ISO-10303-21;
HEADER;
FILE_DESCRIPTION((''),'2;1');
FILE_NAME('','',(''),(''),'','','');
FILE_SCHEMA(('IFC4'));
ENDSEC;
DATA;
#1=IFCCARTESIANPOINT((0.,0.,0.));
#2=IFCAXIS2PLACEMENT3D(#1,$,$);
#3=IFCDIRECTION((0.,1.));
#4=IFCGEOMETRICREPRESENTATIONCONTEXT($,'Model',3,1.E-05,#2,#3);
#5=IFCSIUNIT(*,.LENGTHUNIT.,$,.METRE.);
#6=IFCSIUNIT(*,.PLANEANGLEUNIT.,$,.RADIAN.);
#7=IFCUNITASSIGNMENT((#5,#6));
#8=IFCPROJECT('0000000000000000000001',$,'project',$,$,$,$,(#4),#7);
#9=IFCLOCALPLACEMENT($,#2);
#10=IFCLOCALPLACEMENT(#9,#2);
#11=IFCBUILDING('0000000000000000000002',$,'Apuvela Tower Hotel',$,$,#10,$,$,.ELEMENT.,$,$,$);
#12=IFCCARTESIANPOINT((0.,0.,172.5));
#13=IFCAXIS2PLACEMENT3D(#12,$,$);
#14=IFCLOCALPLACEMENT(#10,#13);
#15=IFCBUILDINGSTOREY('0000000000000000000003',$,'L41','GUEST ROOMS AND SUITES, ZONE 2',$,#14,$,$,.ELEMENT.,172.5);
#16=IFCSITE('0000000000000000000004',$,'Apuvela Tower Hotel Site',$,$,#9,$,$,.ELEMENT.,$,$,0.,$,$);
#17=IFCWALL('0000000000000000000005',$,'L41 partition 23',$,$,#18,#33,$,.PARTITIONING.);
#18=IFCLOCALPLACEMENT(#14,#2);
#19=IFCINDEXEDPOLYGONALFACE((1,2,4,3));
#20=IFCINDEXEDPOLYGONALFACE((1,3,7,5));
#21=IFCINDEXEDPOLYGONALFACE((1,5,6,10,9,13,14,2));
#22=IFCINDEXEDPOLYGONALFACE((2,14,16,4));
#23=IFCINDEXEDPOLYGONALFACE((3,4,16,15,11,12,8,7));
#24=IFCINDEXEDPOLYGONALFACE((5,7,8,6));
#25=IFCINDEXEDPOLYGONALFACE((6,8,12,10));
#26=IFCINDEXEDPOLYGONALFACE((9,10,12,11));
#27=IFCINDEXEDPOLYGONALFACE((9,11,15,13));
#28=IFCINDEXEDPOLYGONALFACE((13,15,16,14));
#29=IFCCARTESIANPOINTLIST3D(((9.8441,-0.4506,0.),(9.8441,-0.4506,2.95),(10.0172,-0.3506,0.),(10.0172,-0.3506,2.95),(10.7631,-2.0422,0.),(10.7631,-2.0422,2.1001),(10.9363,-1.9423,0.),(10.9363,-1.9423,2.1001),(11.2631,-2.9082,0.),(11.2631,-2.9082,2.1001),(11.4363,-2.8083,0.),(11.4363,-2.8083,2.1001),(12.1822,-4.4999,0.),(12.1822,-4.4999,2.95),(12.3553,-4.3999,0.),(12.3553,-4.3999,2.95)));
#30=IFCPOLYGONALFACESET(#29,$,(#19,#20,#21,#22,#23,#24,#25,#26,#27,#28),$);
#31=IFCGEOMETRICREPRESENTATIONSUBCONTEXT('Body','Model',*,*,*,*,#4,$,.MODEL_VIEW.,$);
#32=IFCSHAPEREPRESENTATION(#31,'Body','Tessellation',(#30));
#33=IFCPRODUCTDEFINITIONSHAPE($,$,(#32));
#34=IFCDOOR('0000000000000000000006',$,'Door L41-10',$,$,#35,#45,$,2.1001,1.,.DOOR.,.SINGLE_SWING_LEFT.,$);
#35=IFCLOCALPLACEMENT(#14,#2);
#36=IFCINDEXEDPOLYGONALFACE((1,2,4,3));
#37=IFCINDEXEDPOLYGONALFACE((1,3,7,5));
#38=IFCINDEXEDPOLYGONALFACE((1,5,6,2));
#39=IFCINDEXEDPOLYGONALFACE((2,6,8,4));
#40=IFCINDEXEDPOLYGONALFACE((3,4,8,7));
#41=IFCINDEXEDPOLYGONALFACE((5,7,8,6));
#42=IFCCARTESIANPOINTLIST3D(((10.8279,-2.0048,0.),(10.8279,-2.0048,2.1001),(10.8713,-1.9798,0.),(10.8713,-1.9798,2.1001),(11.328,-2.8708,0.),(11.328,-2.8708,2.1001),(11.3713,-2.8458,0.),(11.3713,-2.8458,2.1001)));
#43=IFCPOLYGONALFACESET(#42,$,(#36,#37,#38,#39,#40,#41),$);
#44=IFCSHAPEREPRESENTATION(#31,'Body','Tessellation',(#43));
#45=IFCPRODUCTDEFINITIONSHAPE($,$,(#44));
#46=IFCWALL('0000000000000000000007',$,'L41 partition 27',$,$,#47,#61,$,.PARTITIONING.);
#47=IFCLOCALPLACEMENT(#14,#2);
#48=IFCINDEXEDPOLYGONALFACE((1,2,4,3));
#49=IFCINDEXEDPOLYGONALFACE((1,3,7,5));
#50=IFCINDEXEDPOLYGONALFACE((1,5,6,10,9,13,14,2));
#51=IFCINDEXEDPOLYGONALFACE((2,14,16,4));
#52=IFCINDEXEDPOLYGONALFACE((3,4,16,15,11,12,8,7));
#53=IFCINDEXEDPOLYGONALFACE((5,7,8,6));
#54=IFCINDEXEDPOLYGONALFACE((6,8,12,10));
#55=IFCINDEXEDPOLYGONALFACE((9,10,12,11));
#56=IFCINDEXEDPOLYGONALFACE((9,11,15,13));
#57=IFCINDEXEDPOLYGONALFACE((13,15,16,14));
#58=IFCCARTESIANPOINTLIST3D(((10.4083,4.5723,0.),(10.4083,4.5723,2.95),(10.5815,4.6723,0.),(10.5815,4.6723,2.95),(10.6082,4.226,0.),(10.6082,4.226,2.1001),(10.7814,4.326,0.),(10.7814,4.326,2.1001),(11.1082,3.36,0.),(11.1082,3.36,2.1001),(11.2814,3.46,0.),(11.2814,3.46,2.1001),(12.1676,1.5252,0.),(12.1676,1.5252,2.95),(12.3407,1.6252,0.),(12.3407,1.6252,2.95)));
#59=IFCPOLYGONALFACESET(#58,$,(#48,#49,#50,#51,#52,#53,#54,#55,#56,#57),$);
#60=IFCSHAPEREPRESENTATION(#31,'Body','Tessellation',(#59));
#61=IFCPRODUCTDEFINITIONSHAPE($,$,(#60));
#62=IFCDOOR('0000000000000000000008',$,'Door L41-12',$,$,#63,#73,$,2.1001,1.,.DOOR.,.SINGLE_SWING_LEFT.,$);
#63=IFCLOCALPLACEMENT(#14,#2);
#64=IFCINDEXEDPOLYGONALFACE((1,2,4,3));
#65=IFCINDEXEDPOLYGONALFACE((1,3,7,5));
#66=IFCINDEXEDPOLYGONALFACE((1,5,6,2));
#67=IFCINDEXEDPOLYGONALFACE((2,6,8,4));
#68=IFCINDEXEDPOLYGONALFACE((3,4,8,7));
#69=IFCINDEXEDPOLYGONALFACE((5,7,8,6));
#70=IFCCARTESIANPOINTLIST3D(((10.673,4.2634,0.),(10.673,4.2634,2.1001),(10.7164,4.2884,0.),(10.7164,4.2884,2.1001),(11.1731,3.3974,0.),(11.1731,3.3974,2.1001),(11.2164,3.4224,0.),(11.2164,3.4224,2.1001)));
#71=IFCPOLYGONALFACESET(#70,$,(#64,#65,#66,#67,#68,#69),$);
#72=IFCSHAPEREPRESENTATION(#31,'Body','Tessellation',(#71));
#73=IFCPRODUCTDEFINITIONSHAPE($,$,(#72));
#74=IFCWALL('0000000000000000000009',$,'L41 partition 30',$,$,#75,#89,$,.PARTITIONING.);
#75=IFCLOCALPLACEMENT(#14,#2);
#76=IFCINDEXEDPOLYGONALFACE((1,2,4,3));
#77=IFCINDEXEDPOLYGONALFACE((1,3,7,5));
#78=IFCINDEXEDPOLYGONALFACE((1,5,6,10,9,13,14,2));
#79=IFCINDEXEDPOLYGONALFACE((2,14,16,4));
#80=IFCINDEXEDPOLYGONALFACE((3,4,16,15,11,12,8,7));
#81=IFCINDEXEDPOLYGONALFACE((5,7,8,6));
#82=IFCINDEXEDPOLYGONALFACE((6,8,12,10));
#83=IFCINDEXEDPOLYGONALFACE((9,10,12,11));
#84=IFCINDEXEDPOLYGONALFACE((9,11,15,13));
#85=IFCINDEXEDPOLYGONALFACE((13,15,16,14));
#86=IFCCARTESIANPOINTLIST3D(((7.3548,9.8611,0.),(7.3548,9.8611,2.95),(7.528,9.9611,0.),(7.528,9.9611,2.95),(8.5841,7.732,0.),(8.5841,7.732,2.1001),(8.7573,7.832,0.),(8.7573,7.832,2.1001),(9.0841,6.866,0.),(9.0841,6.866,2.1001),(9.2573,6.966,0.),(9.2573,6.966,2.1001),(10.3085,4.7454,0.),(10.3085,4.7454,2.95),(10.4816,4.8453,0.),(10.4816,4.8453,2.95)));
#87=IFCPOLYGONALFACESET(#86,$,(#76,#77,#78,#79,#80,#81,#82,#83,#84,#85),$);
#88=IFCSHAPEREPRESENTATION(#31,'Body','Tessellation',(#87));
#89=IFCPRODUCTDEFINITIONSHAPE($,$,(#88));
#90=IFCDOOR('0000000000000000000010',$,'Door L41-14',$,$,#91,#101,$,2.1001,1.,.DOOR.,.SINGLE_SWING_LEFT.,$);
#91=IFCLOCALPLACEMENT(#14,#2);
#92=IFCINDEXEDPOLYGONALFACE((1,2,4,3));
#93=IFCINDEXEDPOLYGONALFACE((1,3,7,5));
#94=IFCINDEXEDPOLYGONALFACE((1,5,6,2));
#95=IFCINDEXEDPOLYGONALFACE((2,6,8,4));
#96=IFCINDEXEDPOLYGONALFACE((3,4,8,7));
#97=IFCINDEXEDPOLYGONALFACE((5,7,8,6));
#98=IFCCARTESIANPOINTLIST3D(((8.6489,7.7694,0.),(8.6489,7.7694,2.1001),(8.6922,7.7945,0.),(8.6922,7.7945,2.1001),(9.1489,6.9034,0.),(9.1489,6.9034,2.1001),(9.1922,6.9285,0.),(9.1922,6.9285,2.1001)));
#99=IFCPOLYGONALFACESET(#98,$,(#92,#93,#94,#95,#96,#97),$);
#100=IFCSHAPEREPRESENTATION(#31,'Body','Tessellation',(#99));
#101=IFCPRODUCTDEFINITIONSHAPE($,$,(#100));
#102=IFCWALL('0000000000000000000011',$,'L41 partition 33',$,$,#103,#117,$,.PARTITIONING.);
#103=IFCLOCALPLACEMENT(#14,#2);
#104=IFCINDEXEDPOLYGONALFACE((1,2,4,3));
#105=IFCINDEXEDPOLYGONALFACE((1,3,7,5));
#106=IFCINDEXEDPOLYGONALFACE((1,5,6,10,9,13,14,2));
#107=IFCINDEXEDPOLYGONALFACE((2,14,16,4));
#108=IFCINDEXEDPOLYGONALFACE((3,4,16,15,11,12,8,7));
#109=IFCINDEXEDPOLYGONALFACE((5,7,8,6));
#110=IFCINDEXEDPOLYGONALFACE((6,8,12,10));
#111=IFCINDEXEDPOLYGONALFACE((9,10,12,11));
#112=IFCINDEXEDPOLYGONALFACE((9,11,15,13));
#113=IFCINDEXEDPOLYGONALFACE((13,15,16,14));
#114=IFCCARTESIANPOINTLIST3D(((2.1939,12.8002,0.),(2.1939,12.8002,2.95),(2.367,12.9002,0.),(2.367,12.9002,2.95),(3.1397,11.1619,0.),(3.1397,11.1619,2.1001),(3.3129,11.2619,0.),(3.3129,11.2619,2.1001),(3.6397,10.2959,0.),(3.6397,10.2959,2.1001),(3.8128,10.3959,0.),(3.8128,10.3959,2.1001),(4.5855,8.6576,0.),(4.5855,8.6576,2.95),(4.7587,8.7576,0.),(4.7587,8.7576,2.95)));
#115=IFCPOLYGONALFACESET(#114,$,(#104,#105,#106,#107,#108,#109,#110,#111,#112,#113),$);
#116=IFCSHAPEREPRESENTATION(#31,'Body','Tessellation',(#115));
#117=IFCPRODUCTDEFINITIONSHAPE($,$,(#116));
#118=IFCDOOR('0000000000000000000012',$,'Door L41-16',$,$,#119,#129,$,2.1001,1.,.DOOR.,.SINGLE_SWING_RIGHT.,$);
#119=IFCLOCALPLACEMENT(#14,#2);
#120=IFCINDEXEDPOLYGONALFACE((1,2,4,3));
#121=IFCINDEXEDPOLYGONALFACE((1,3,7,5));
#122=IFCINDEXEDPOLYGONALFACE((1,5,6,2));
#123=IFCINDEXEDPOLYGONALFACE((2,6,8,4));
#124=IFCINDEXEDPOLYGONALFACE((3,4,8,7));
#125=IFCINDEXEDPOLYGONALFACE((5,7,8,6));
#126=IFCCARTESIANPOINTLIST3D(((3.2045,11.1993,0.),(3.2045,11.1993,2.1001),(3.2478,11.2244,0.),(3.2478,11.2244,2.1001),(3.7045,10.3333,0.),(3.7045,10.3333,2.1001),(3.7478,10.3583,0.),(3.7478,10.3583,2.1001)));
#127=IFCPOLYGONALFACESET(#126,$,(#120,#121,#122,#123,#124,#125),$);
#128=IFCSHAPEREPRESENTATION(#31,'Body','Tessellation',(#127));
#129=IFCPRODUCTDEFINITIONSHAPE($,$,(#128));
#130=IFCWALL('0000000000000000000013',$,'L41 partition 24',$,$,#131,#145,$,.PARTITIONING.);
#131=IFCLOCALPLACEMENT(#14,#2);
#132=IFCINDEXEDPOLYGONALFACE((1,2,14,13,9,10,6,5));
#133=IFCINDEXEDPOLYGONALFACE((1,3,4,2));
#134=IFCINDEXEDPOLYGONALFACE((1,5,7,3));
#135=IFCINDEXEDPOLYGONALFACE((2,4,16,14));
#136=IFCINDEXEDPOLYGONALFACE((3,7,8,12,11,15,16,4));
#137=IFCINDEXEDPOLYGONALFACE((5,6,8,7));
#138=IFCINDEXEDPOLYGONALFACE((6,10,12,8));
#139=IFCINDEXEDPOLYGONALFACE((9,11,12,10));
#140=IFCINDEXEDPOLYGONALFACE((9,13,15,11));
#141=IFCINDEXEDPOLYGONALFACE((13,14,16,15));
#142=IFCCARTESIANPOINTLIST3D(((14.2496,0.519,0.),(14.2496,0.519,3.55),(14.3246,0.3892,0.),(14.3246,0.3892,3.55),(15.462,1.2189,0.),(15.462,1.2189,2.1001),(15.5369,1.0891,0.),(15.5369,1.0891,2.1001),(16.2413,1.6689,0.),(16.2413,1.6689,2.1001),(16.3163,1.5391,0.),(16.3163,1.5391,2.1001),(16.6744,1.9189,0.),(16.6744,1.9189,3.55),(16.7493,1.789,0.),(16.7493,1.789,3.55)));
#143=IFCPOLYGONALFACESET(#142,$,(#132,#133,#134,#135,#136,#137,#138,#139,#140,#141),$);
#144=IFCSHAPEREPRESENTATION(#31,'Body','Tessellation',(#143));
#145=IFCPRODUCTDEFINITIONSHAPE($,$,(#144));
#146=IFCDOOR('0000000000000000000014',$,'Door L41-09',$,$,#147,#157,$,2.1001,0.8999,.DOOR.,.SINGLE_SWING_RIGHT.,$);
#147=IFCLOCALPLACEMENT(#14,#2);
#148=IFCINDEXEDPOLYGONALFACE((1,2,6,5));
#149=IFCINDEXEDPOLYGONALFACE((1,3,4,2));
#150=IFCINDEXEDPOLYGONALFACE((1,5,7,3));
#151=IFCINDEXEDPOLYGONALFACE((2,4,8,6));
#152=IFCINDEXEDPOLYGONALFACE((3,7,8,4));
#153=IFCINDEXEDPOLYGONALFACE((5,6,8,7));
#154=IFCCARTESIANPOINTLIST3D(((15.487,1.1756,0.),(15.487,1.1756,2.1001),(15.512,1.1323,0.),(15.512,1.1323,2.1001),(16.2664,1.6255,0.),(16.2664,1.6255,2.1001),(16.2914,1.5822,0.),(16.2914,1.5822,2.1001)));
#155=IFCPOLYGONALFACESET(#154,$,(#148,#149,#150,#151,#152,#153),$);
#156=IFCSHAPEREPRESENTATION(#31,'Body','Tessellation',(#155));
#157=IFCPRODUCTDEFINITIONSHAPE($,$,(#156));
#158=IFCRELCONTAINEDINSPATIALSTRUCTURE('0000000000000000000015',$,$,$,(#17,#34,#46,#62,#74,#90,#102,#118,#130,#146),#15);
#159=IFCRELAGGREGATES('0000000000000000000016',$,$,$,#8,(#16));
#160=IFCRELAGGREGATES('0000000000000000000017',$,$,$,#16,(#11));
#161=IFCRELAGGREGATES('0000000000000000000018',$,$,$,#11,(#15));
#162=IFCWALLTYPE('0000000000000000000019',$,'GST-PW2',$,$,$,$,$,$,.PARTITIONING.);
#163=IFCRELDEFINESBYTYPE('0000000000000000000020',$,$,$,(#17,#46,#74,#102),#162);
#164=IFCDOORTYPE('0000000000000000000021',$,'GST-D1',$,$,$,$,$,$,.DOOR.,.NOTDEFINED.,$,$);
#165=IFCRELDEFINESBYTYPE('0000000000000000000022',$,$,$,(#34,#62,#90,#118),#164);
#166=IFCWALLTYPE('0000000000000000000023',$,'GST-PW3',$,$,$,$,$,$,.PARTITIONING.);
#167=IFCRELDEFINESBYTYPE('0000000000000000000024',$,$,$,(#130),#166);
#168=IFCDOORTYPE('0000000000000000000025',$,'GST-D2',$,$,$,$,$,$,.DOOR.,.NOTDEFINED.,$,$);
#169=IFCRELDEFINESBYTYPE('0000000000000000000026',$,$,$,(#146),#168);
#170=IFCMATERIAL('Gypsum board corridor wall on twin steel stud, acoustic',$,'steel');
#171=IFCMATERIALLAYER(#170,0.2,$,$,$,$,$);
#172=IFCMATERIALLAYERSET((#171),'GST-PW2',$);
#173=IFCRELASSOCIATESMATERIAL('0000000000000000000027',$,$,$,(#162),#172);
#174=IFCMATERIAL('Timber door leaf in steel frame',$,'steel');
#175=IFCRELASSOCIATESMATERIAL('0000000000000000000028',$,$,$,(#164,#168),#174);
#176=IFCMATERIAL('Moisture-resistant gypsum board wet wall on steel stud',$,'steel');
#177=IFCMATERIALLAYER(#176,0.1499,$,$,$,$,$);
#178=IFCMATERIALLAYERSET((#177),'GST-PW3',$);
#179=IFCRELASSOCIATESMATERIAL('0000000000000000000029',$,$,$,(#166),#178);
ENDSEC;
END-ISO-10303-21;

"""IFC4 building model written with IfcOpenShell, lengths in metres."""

from ifc_helpers import new_model, si_unit, direction, frame, frame_2d, origin, place, context, subcontext, project, spatial, rectangle, extrude, material, layer, layer_set, type_object, element, fill, save


model = new_model("IFC4")

# Units and contexts
model_context = context("Model", 3, precision=1e-05, world=origin(), true_north=direction((0.0, 1.0)))
body_context = subcontext(model_context, "Body", "Model", "MODEL_VIEW")
ifc_project = project(units=[si_unit("LENGTHUNIT", "METRE"), si_unit("PLANEANGLEUNIT", "RADIAN")], contexts=[model_context])

# Site, building, storey
site_placement = place(None, origin())
site = spatial("IfcSite", under=ifc_project, at=site_placement, Name="Apuvela Tower Hotel Site", CompositionType="ELEMENT", RefElevation=0.0)
building_placement = place(site_placement, origin())
building = spatial("IfcBuilding", under=site, at=building_placement, Name="Apuvela Tower Hotel", CompositionType="ELEMENT")
storey_placement = place(building_placement, frame((0.0, 0.0, 172.5)))
storey = spatial("IfcBuildingStorey", under=building, at=storey_placement, Name="L41", Description="GUEST ROOMS AND SUITES, ZONE 2", CompositionType="ELEMENT", Elevation=172.5)

# Walls, openings, doors
ifc_material_1 = material(Name="Gypsum board corridor wall on twin steel stud, acoustic", Category="steel")
ifc_layer_1 = layer(ifc_material_1, 0.2)
ifc_layer_set_1 = layer_set([ifc_layer_1], Name="GST-PW2")
wall_type_1 = type_object("IfcWallType", Name="GST-PW2", PredefinedType="PARTITIONING", material=ifc_layer_set_1)
wall_1_placement = place(storey_placement, frame((9.9307, -0.4006, 0.0), z_axis=(0.0, 0.0, 1.0), x_axis=(0.500042, -0.866001, 0.0)))
wall_1 = element("IfcWall", 1, at=wall_1_placement, inside=storey, type_object=wall_type_1, Name="L41 partition 23", PredefinedType="PARTITIONING", context=body_context, shape_type="SweptSolid", body=[
    extrude(rectangle(XDim=4.6758, YDim=0.2, at=frame_2d((2.3379, 0.0))), origin(), (0.0, 0.0, 1.0), 2.95),
])
opening_1_placement = place(wall_1_placement, frame((1.8379, 0.0, 0.0)))
opening_1 = element("IfcOpeningElement", 2, at=opening_1_placement, cuts=wall_1, PredefinedType="OPENING", context=body_context, shape_type="SweptSolid", body=[
    extrude(rectangle(XDim=1.0, YDim=2.1001, at=frame_2d((0.5, 1.05))), frame((0.0, 0.1099, 0.0), z_axis=(0.0, -1.0, 0.0), x_axis=(1.0, 0.0, 0.0)), (0.0, 0.0, 1.0), 0.22),
])
ifc_material_2 = material(Name="Timber door leaf in steel frame", Category="steel")
door_type_1 = type_object("IfcDoorType", Name="GST-D1", OperationType="NOTDEFINED", PredefinedType="DOOR", material=ifc_material_2)
door_1_placement = place(opening_1_placement, origin())
door_1 = element("IfcDoor", 3, at=door_1_placement, inside=storey, type_object=door_type_1, Name="Door L41-10", OperationType="SINGLE_SWING_LEFT", OverallHeight=2.1001, OverallWidth=1.0, PredefinedType="DOOR", context=body_context, shape_type="SweptSolid", body=[
    extrude(rectangle(XDim=1.0, YDim=2.1001, at=frame_2d((0.5, 1.05))), frame((0.0, 0.0249, 0.0), z_axis=(0.0, -1.0, 0.0), x_axis=(1.0, 0.0, 0.0)), (0.0, 0.0, 1.0), 0.05),
])
fill(opening_1, door_1)
wall_2_placement = place(storey_placement, frame((10.4949, 4.6223, 0.0), z_axis=(0.0, 0.0, 1.0), x_axis=(0.500005, -0.866023, 0.0)))
wall_2 = element("IfcWall", 4, at=wall_2_placement, inside=storey, type_object=wall_type_1, Name="L41 partition 27", PredefinedType="PARTITIONING", context=body_context, shape_type="SweptSolid", body=[
    extrude(rectangle(XDim=3.5186, YDim=0.2, at=frame_2d((1.7593, 0.0))), origin(), (0.0, 0.0, 1.0), 2.95),
])
opening_2_placement = place(wall_2_placement, frame((0.3999, 0.0, 0.0)))
opening_2 = element("IfcOpeningElement", 5, at=opening_2_placement, cuts=wall_2, PredefinedType="OPENING", context=body_context, shape_type="SweptSolid", body=[
    extrude(rectangle(XDim=1.0, YDim=2.1001, at=frame_2d((0.5, 1.05))), frame((0.0, 0.1099, 0.0), z_axis=(0.0, -1.0, 0.0), x_axis=(1.0, 0.0, 0.0)), (0.0, 0.0, 1.0), 0.22),
])
door_2_placement = place(opening_2_placement, origin())
door_2 = element("IfcDoor", 6, at=door_2_placement, inside=storey, type_object=door_type_1, Name="Door L41-12", OperationType="SINGLE_SWING_LEFT", OverallHeight=2.1001, OverallWidth=1.0, PredefinedType="DOOR", context=body_context, shape_type="SweptSolid", body=[
    extrude(rectangle(XDim=1.0, YDim=2.1001, at=frame_2d((0.5, 1.05))), frame((0.0, 0.0249, 0.0), z_axis=(0.0, -1.0, 0.0), x_axis=(1.0, 0.0, 0.0)), (0.0, 0.0, 1.0), 0.05),
])
fill(opening_2, door_2)
wall_3_placement = place(storey_placement, frame((7.4414, 9.9111, 0.0), z_axis=(0.0, 0.0, 1.0), x_axis=(0.500006, -0.866022, 0.0)))
wall_3 = element("IfcWall", 7, at=wall_3_placement, inside=storey, type_object=wall_type_1, Name="L41 partition 30", PredefinedType="PARTITIONING", context=body_context, shape_type="SweptSolid", body=[
    extrude(rectangle(XDim=5.9072, YDim=0.2, at=frame_2d((2.9536, 0.0))), origin(), (0.0, 0.0, 1.0), 2.95),
])
opening_3_placement = place(wall_3_placement, frame((2.4585, 0.0, 0.0)))
opening_3 = element("IfcOpeningElement", 8, at=opening_3_placement, cuts=wall_3, PredefinedType="OPENING", context=body_context, shape_type="SweptSolid", body=[
    extrude(rectangle(XDim=1.0, YDim=2.1001, at=frame_2d((0.5, 1.05))), frame((0.0, 0.1099, 0.0), z_axis=(0.0, -1.0, 0.0), x_axis=(1.0, 0.0, 0.0)), (0.0, 0.0, 1.0), 0.22),
])
door_3_placement = place(opening_3_placement, origin())
door_3 = element("IfcDoor", 9, at=door_3_placement, inside=storey, type_object=door_type_1, Name="Door L41-14", OperationType="SINGLE_SWING_LEFT", OverallHeight=2.1001, OverallWidth=1.0, PredefinedType="DOOR", context=body_context, shape_type="SweptSolid", body=[
    extrude(rectangle(XDim=1.0, YDim=2.1001, at=frame_2d((0.5, 1.05))), frame((0.0, 0.0249, 0.0), z_axis=(0.0, -1.0, 0.0), x_axis=(1.0, 0.0, 0.0)), (0.0, 0.0, 1.0), 0.05),
])
fill(opening_3, door_3)
wall_4_placement = place(storey_placement, frame((2.2805, 12.8501, 0.0), z_axis=(0.0, 0.0, 1.0), x_axis=(0.499982, -0.866036, 0.0)))
wall_4 = element("IfcWall", 10, at=wall_4_placement, inside=storey, type_object=wall_type_1, Name="L41 partition 33", PredefinedType="PARTITIONING", context=body_context, shape_type="SweptSolid", body=[
    extrude(rectangle(XDim=4.7834, YDim=0.2, at=frame_2d((2.3916, 0.0))), origin(), (0.0, 0.0, 1.0), 2.95),
])
opening_4_placement = place(wall_4_placement, frame((1.8916, 0.0, 0.0)))
opening_4 = element("IfcOpeningElement", 11, at=opening_4_placement, cuts=wall_4, PredefinedType="OPENING", context=body_context, shape_type="SweptSolid", body=[
    extrude(rectangle(XDim=1.0, YDim=2.1001, at=frame_2d((0.5, 1.05))), frame((0.0, 0.1099, 0.0), z_axis=(0.0, -1.0, 0.0), x_axis=(1.0, 0.0, 0.0)), (0.0, 0.0, 1.0), 0.22),
])
door_4_placement = place(opening_4_placement, origin())
door_4 = element("IfcDoor", 12, at=door_4_placement, inside=storey, type_object=door_type_1, Name="Door L41-16", OperationType="SINGLE_SWING_RIGHT", OverallHeight=2.1001, OverallWidth=1.0, PredefinedType="DOOR", context=body_context, shape_type="SweptSolid", body=[
    extrude(rectangle(XDim=1.0, YDim=2.1001, at=frame_2d((0.5, 1.05))), frame((0.0, 0.0249, 0.0), z_axis=(0.0, -1.0, 0.0), x_axis=(1.0, 0.0, 0.0)), (0.0, 0.0, 1.0), 0.05),
])
fill(opening_4, door_4)
ifc_material_3 = material(Name="Moisture-resistant gypsum board wet wall on steel stud", Category="steel")
ifc_layer_2 = layer(ifc_material_3, 0.1499)
ifc_layer_set_2 = layer_set([ifc_layer_2], Name="GST-PW3")
wall_type_2 = type_object("IfcWallType", Name="GST-PW3", PredefinedType="PARTITIONING", material=ifc_layer_set_2)
wall_5_placement = place(storey_placement, frame((14.2871, 0.4541, 0.0), z_axis=(0.0, 0.0, 1.0), x_axis=(0.866035, 0.499984, 0.0)))
wall_5 = element("IfcWall", 13, at=wall_5_placement, inside=storey, type_object=wall_type_2, Name="L41 partition 24", PredefinedType="PARTITIONING", context=body_context, shape_type="SweptSolid", body=[
    extrude(rectangle(XDim=2.7998, YDim=0.1499, at=frame_2d((1.3999, 0.0))), origin(), (0.0, 0.0, 1.0), 3.55),
])
opening_5_placement = place(wall_5_placement, frame((1.3999, 0.0, 0.0)))
opening_5 = element("IfcOpeningElement", 14, at=opening_5_placement, cuts=wall_5, PredefinedType="OPENING", context=body_context, shape_type="SweptSolid", body=[
    extrude(rectangle(XDim=0.8999, YDim=2.1001, at=frame_2d((0.45, 1.05))), frame((0.0, 0.085, 0.0), z_axis=(0.0, -1.0, 0.0), x_axis=(1.0, 0.0, 0.0)), (0.0, 0.0, 1.0), 0.1699),
])
door_type_2 = type_object("IfcDoorType", Name="GST-D2", OperationType="NOTDEFINED", PredefinedType="DOOR", material=ifc_material_2)
door_5_placement = place(opening_5_placement, origin())
door_5 = element("IfcDoor", 15, at=door_5_placement, inside=storey, type_object=door_type_2, Name="Door L41-09", OperationType="SINGLE_SWING_RIGHT", OverallHeight=2.1001, OverallWidth=0.8999, PredefinedType="DOOR", context=body_context, shape_type="SweptSolid", body=[
    extrude(rectangle(XDim=0.8999, YDim=2.1001, at=frame_2d((0.45, 1.05))), frame((0.0, 0.0249, 0.0), z_axis=(0.0, -1.0, 0.0), x_axis=(1.0, 0.0, 0.0)), (0.0, 0.0, 1.0), 0.05),
])
fill(opening_5, door_5)

save(model, "model.ifc")
